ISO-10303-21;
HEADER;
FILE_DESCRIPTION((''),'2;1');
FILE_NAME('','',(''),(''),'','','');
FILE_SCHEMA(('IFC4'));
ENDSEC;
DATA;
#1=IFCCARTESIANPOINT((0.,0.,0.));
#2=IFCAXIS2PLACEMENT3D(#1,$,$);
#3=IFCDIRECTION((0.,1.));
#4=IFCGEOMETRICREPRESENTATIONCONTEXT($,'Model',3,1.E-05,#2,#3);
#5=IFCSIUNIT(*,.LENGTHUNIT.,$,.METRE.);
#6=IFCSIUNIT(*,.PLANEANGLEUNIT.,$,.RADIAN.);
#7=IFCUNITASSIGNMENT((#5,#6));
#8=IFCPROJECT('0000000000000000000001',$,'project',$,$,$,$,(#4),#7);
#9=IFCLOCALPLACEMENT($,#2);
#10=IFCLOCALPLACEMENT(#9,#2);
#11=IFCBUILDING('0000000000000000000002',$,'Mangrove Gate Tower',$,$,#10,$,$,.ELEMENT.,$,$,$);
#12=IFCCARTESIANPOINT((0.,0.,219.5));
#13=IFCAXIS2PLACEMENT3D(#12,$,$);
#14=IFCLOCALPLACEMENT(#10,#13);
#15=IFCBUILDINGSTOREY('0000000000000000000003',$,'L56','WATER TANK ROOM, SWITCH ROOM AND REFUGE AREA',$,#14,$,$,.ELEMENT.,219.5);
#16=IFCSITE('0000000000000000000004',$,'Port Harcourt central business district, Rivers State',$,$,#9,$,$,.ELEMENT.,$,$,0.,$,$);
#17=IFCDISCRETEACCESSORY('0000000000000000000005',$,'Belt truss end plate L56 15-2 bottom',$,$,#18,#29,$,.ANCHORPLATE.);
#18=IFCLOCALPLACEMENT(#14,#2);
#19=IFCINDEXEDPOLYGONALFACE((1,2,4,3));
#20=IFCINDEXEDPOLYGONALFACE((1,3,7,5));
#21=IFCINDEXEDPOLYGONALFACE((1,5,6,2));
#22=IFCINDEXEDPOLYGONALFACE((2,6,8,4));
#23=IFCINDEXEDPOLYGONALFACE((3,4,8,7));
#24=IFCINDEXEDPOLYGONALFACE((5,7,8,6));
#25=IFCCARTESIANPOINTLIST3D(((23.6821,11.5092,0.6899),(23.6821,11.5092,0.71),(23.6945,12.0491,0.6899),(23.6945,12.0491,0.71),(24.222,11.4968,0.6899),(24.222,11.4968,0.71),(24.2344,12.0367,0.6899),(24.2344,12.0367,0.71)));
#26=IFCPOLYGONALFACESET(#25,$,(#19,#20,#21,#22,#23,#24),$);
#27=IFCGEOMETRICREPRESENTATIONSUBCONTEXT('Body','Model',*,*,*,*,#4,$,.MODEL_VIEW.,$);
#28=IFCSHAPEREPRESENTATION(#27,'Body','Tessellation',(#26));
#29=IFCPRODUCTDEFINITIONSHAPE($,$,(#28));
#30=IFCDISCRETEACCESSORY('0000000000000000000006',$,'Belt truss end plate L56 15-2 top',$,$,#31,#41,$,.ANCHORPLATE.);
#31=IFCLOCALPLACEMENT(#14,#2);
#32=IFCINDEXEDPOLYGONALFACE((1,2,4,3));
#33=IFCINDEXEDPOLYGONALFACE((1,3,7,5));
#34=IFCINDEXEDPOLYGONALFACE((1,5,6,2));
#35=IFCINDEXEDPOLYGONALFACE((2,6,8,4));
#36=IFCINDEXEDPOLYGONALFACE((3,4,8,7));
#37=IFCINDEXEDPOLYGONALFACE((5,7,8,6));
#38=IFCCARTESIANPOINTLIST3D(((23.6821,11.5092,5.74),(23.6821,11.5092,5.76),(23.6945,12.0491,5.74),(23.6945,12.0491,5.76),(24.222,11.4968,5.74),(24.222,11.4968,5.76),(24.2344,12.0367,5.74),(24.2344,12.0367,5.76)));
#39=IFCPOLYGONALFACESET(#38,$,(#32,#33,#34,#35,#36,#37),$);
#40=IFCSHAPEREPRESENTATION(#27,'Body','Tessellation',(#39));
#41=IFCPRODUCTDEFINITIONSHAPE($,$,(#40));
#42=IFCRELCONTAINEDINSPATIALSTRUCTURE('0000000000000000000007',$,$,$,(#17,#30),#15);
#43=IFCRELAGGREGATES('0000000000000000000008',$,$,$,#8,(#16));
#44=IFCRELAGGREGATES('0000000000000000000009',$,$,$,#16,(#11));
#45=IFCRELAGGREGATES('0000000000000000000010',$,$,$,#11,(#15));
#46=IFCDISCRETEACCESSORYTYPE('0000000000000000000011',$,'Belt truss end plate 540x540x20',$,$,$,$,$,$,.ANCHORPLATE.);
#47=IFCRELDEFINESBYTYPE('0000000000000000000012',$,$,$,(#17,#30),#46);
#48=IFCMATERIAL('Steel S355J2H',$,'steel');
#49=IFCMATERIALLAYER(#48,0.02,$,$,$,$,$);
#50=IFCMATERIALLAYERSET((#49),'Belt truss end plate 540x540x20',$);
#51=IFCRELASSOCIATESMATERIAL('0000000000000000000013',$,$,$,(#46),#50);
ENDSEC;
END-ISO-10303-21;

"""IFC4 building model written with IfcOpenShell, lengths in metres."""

from ifc_helpers import new_model, si_unit, direction, frame, origin, origin_2d, place, context, subcontext, project, spatial, rectangle, extrude, material, layer, layer_set, type_object, element, save


model = new_model("IFC4")

# Units and contexts
model_context = context("Model", 3, precision=1e-05, world=origin(), true_north=direction((0.0, 1.0)))
body_context = subcontext(model_context, "Body", "Model", "MODEL_VIEW")
ifc_project = project(units=[si_unit("LENGTHUNIT", "METRE"), si_unit("PLANEANGLEUNIT", "RADIAN")], contexts=[model_context])

# Site, building, storey
site_placement = place(None, origin())
site = spatial("IfcSite", under=ifc_project, at=site_placement, Name="Port Harcourt central business district, Rivers State", CompositionType="ELEMENT", RefElevation=0.0)
building_placement = place(site_placement, origin())
building = spatial("IfcBuilding", under=site, at=building_placement, Name="Mangrove Gate Tower", CompositionType="ELEMENT")
storey_placement = place(building_placement, frame((0.0, 0.0, 219.5)))
storey = spatial("IfcBuildingStorey", under=building, at=storey_placement, Name="L56", Description="WATER TANK ROOM, SWITCH ROOM AND REFUGE AREA", CompositionType="ELEMENT", Elevation=219.5)

# Discrete accessories
ifc_material_1 = material(Name="Steel S355J2H", Category="steel")
ifc_layer_1 = layer(ifc_material_1, 0.02)
ifc_layer_set_1 = layer_set([ifc_layer_1], Name="Belt truss end plate 540x540x20")
discrete_accessory_type = type_object("IfcDiscreteAccessoryType", Name="Belt truss end plate 540x540x20", PredefinedType="ANCHORPLATE", material=ifc_layer_set_1)
for number, where, z_axis, x_axis, name in (
    (1, (23.9583, 11.7729, 0.6899), (0.0, 0.0, 1.0), (0.022789, 0.99974, 0.0), "Belt truss end plate L56 15-2 bottom"),
    (2, (23.9583, 11.7729, 5.74), (0.0, 0.0, 1.0), (0.022789, 0.99974, 0.0), "Belt truss end plate L56 15-2 top"),
):
    element("IfcDiscreteAccessory", number, at=place(storey_placement, frame(where, z_axis=z_axis, x_axis=x_axis)), inside=storey, type_object=discrete_accessory_type, Name=name, PredefinedType="ANCHORPLATE", context=body_context, shape_type="SweptSolid", body=[
        extrude(rectangle(XDim=0.54, YDim=0.54, at=origin_2d()), origin(), (0.0, 0.0, 1.0), 0.02),
    ])

save(model, "model.ifc")
